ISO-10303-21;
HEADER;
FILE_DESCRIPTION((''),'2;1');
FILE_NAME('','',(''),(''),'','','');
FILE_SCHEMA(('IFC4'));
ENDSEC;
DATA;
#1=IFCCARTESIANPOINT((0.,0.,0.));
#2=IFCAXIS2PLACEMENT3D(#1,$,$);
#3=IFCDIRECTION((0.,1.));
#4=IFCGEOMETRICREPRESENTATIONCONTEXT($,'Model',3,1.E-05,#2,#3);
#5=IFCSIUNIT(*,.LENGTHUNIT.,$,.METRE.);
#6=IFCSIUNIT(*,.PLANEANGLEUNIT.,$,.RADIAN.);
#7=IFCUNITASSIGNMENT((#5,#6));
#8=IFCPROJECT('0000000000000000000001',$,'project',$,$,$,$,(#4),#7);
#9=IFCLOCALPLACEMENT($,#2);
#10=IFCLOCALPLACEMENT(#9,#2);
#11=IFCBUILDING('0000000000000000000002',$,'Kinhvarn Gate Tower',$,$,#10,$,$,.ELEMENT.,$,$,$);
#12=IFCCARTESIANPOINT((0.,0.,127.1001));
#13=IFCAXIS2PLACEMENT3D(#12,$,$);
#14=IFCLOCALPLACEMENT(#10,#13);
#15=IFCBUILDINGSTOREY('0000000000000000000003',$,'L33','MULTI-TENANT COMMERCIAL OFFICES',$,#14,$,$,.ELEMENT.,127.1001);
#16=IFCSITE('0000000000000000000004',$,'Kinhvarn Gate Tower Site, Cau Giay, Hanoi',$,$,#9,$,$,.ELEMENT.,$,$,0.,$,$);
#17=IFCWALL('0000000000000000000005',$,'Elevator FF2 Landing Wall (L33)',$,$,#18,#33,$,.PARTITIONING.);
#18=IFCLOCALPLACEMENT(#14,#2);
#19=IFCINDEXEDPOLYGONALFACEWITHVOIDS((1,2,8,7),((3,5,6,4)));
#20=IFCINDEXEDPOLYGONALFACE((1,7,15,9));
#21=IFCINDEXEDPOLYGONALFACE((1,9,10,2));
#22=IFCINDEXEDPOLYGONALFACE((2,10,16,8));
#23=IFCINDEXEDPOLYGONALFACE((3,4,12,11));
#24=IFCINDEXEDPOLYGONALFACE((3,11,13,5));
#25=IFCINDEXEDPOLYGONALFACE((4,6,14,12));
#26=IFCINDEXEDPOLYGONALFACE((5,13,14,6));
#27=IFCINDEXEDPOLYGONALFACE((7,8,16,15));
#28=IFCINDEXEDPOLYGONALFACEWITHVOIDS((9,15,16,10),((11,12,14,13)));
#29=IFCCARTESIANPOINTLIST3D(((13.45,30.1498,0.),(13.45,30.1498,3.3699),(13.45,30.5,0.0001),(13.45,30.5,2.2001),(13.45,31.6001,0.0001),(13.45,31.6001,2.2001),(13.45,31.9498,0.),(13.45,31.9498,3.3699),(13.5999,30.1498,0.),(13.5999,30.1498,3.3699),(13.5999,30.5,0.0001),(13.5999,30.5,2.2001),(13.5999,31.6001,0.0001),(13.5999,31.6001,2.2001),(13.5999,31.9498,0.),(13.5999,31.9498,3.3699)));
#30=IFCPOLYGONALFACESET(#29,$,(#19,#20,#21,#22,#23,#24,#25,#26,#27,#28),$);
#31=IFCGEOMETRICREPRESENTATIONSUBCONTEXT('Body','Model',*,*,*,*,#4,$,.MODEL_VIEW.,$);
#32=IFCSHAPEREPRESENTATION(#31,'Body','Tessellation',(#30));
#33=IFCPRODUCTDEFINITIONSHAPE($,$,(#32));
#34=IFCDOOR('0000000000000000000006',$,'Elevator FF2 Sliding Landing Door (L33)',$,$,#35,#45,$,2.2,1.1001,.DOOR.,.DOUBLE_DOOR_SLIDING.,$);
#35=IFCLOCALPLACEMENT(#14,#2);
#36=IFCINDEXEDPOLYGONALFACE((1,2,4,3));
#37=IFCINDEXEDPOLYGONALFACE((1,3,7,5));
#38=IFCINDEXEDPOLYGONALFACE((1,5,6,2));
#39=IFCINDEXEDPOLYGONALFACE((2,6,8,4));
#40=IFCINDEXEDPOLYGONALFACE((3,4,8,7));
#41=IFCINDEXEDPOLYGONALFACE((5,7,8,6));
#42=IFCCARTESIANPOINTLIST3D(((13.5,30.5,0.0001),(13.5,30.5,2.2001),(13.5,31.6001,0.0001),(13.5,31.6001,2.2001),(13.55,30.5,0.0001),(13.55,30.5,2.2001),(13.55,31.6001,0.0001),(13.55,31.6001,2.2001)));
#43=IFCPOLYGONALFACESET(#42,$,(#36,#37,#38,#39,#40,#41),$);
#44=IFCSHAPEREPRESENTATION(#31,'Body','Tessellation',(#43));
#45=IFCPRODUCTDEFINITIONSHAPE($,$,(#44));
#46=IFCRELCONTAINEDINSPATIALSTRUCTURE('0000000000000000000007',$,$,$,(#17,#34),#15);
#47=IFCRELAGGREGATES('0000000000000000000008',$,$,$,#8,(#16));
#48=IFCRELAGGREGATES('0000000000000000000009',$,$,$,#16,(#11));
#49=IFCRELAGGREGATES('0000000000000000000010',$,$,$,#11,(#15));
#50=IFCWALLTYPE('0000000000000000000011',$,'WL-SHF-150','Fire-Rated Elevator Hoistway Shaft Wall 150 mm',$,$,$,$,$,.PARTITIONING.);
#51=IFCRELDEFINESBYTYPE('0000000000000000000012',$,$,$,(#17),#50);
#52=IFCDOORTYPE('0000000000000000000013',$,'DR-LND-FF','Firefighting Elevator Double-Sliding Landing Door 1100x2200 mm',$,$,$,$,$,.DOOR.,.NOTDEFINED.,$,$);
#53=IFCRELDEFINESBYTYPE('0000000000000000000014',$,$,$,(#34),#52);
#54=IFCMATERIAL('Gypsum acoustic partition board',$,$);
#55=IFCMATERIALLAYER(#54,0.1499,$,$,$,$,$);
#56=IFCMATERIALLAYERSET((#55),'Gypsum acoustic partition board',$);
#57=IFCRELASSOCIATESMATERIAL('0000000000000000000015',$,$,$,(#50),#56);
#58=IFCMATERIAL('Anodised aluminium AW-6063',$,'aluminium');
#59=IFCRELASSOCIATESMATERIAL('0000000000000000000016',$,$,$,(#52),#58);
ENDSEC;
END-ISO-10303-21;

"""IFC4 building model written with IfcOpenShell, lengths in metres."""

from ifc_helpers import new_model, si_unit, direction, frame, frame_2d, origin, place, context, subcontext, project, spatial, rectangle, extrude, material, layer, layer_set, type_object, element, fill, save


model = new_model("IFC4")

# Units and contexts
model_context = context("Model", 3, precision=1e-05, world=origin(), true_north=direction((0.0, 1.0)))
body_context = subcontext(model_context, "Body", "Model", "MODEL_VIEW")
ifc_project = project(units=[si_unit("LENGTHUNIT", "METRE"), si_unit("PLANEANGLEUNIT", "RADIAN")], contexts=[model_context])

# Site, building, storey
site_placement = place(None, origin())
site = spatial("IfcSite", under=ifc_project, at=site_placement, Name="Kinhvarn Gate Tower Site, Cau Giay, Hanoi", CompositionType="ELEMENT", RefElevation=0.0)
building_placement = place(site_placement, origin())
building = spatial("IfcBuilding", under=site, at=building_placement, Name="Kinhvarn Gate Tower", CompositionType="ELEMENT")
storey_placement = place(building_placement, frame((0.0, 0.0, 127.1001)))
storey = spatial("IfcBuildingStorey", under=building, at=storey_placement, Name="L33", Description="MULTI-TENANT COMMERCIAL OFFICES", CompositionType="ELEMENT", Elevation=127.1001)

# Shared definitions
ifc_material_1 = material(Name="Gypsum acoustic partition board")

# Shared definitions
ifc_layer_1 = layer(ifc_material_1, 0.1499)
ifc_layer_set_1 = layer_set([ifc_layer_1], Name="Gypsum acoustic partition board")
wall_type_1 = type_object("IfcWallType", Name="WL-SHF-150", Description="Fire-Rated Elevator Hoistway Shaft Wall 150 mm", PredefinedType="PARTITIONING", material=ifc_layer_set_1)
ifc_material_2 = material(Name="Anodised aluminium AW-6063", Category="aluminium")

# Wall, opening, door
wall_1_placement = place(storey_placement, frame((13.5249, 30.1499, 0.0), z_axis=(0.0, 0.0, 1.0), x_axis=(0.0, 1.0, 0.0)))
wall_1 = element("IfcWall", 1, at=wall_1_placement, inside=storey, type_object=wall_type_1, Name="Elevator FF2 Landing Wall (L33)", PredefinedType="PARTITIONING", context=body_context, shape_type="SweptSolid", body=[
    extrude(rectangle(XDim=1.8, YDim=0.1499, at=frame_2d((0.8999, 0.0))), origin(), (0.0, 0.0, 1.0), 3.3699),
])
opening_1_placement = place(wall_1_placement, frame((0.3501, 0.0, 0.0)))
opening_1 = element("IfcOpeningElement", 2, at=opening_1_placement, cuts=wall_1, PredefinedType="OPENING", context=body_context, shape_type="SweptSolid", body=[
    extrude(rectangle(XDim=1.1001, YDim=2.2, at=frame_2d((0.55, 1.1001))), frame((0.0, 0.085, 0.0), z_axis=(0.0, -1.0, 0.0), x_axis=(1.0, 0.0, 0.0)), (0.0, 0.0, 1.0), 0.1699),
])
door_type_1 = type_object("IfcDoorType", Name="DR-LND-FF", Description="Firefighting Elevator Double-Sliding Landing Door 1100x2200 mm", OperationType="NOTDEFINED", PredefinedType="DOOR", material=ifc_material_2)
door_1_placement = place(opening_1_placement, origin())
door_1 = element("IfcDoor", 3, at=door_1_placement, inside=storey, type_object=door_type_1, Name="Elevator FF2 Sliding Landing Door (L33)", OperationType="DOUBLE_DOOR_SLIDING", OverallHeight=2.2, OverallWidth=1.1001, PredefinedType="DOOR", context=body_context, shape_type="SweptSolid", body=[
    extrude(rectangle(XDim=1.1001, YDim=2.2, at=frame_2d((0.55, 1.1001))), frame((0.0, 0.0249, 0.0), z_axis=(0.0, -1.0, 0.0), x_axis=(1.0, 0.0, 0.0)), (0.0, 0.0, 1.0), 0.05),
])
fill(opening_1, door_1)

save(model, "model.ifc")
